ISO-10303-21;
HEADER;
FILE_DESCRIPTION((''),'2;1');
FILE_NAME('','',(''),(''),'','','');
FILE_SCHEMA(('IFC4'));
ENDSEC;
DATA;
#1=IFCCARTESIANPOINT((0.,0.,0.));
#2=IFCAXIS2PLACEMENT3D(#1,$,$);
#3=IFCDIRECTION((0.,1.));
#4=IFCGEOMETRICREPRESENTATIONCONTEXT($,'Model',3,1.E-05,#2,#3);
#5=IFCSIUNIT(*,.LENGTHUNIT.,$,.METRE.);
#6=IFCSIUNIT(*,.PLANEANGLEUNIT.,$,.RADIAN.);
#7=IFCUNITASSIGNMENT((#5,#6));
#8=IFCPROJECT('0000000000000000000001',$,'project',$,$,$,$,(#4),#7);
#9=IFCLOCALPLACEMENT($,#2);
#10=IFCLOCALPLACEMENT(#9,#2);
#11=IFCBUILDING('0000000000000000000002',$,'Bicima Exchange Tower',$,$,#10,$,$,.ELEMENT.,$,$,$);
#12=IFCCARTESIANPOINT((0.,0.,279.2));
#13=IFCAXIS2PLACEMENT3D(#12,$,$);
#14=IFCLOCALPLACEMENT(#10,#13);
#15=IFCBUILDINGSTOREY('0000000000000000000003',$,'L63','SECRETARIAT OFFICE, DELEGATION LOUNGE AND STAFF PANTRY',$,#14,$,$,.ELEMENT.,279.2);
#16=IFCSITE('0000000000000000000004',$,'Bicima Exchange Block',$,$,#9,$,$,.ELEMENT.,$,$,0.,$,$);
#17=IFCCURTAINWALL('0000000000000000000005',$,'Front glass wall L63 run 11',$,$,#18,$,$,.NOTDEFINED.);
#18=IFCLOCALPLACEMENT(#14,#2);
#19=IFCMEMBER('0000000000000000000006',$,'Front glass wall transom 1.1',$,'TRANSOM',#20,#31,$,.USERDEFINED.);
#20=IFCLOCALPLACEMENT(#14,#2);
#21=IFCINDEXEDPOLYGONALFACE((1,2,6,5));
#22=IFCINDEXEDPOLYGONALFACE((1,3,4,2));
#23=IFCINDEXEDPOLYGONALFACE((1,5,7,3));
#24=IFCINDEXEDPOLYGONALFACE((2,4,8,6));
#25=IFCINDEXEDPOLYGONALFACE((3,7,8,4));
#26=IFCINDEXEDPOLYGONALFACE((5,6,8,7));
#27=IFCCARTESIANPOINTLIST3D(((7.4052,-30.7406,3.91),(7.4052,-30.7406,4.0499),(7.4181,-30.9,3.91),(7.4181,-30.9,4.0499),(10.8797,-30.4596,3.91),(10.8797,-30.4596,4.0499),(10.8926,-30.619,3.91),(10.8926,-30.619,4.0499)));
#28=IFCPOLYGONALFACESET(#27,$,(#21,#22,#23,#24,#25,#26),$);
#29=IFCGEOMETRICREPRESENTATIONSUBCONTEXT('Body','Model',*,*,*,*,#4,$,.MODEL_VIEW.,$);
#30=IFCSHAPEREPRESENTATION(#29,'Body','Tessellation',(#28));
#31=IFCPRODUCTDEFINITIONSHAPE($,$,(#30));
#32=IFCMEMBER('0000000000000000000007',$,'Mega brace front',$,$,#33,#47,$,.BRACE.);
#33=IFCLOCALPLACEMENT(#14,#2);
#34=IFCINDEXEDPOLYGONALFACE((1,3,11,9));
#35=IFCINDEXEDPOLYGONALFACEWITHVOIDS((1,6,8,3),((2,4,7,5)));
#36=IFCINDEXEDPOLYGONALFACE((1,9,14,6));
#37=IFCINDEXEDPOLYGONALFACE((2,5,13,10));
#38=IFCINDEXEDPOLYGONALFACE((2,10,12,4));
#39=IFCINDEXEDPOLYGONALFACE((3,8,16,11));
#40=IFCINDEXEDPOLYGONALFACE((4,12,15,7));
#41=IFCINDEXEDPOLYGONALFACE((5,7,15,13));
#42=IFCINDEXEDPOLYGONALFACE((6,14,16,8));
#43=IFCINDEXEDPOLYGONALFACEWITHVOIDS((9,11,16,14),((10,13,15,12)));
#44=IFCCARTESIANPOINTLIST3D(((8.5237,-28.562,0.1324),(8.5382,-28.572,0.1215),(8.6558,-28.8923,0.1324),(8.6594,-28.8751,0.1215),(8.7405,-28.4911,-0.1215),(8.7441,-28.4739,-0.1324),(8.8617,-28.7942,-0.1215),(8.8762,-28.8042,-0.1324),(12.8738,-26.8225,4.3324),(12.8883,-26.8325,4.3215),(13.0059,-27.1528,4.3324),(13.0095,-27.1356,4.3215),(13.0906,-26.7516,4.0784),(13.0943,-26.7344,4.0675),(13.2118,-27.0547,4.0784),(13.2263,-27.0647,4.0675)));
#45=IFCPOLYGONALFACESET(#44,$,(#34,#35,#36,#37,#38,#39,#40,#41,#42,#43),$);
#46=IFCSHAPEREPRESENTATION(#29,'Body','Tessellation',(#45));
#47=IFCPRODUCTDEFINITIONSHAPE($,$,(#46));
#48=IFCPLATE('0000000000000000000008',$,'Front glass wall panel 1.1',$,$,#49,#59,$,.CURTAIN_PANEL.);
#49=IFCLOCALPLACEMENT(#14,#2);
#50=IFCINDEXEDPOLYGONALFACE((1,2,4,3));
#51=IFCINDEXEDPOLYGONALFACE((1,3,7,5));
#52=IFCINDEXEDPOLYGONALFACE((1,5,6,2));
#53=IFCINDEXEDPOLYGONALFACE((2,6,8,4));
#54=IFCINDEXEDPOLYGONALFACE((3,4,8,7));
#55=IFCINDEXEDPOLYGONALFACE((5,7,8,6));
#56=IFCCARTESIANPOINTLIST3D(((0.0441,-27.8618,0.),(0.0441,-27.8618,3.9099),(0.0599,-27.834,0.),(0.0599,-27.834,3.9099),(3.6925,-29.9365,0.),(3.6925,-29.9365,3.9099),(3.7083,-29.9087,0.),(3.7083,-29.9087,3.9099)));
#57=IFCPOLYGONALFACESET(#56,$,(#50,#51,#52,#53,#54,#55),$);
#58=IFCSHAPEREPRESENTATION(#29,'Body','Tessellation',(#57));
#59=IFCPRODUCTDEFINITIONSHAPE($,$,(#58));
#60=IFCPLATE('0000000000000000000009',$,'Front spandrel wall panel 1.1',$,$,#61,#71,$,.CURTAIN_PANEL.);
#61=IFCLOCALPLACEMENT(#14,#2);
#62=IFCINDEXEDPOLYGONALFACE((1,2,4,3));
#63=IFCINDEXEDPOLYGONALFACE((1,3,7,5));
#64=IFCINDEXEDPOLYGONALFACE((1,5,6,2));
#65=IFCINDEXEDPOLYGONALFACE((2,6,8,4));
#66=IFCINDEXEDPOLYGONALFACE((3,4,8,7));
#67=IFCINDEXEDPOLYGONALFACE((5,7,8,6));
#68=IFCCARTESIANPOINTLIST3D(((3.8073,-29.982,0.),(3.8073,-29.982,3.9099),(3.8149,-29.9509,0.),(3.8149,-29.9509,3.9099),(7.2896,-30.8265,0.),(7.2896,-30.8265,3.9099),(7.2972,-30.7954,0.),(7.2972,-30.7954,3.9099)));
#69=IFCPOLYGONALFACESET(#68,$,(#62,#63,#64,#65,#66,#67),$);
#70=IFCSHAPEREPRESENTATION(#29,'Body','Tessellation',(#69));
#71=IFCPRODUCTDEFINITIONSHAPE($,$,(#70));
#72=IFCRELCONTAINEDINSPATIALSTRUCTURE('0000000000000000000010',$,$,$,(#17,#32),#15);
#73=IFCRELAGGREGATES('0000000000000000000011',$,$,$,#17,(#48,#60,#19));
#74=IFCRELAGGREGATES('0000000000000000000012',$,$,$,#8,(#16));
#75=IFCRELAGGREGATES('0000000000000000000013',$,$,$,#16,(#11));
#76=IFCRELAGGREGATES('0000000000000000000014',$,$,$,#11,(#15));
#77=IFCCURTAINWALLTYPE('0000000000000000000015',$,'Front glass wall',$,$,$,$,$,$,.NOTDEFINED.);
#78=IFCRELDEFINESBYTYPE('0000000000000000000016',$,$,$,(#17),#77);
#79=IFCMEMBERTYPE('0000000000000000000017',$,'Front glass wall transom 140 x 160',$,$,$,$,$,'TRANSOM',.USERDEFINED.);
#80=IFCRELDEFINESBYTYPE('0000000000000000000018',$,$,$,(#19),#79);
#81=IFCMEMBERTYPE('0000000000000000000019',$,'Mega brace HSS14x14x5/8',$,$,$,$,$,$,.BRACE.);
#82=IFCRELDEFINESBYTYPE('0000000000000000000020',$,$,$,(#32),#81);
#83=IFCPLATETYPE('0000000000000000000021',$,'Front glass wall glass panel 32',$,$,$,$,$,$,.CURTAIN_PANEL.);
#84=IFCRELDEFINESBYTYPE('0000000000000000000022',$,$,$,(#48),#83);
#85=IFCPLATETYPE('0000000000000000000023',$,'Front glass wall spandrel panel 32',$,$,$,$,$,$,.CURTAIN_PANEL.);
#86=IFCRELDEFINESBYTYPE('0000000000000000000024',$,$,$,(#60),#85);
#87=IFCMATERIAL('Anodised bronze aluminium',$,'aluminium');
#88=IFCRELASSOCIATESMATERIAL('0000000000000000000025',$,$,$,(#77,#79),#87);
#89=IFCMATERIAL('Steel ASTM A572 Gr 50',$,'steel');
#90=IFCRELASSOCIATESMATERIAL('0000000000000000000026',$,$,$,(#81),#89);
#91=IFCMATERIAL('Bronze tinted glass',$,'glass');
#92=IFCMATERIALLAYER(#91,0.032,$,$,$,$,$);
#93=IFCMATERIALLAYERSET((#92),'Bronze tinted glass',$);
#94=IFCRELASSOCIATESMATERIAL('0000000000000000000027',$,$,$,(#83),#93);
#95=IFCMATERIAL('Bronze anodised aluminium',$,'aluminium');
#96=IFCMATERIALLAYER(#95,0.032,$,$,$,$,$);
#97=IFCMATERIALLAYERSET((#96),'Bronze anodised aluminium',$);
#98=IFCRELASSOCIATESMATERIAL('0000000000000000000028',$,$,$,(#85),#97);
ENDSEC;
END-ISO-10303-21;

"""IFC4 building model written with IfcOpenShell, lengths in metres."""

from ifc_helpers import new_model, si_unit, direction, frame, origin, origin_2d, place, context, subcontext, project, spatial, rectangle, hollow_rectangle, extrude, material, layer, layer_set, material_profile, profile_set, type_object, element, aggregate, save


model = new_model("IFC4")

# Units and contexts
model_context = context("Model", 3, precision=1e-05, world=origin(), true_north=direction((0.0, 1.0)))
body_context = subcontext(model_context, "Body", "Model", "MODEL_VIEW")
ifc_project = project(units=[si_unit("LENGTHUNIT", "METRE"), si_unit("PLANEANGLEUNIT", "RADIAN")], contexts=[model_context])

# Site, building, storey
site_placement = place(None, origin())
site = spatial("IfcSite", under=ifc_project, at=site_placement, Name="Bicima Exchange Block", CompositionType="ELEMENT", RefElevation=0.0)
building_placement = place(site_placement, origin())
building = spatial("IfcBuilding", under=site, at=building_placement, Name="Bicima Exchange Tower", CompositionType="ELEMENT")
storey_placement = place(building_placement, frame((0.0, 0.0, 279.2)))
storey = spatial("IfcBuildingStorey", under=building, at=storey_placement, Name="L63", Description="SECRETARIAT OFFICE, DELEGATION LOUNGE AND STAFF PANTRY", CompositionType="ELEMENT", Elevation=279.2)

# Curtain wall, member
ifc_material_1 = material(Name="Anodised bronze aluminium", Category="aluminium")
curtain_wall_type = type_object("IfcCurtainWallType", Name="Front glass wall", PredefinedType="NOTDEFINED", material=ifc_material_1)
curtain_wall_placement = place(storey_placement, origin())
curtain_wall = element("IfcCurtainWall", 1, at=curtain_wall_placement, inside=storey, type_object=curtain_wall_type, Name="Front glass wall L63 run 11", PredefinedType="NOTDEFINED")
ifc_material_profile_1 = material_profile(ifc_material_1, rectangle(XDim=0.1599, YDim=0.1399, at=origin_2d()))
ifc_profile_set_1 = profile_set([ifc_material_profile_1], Name="Anodised bronze aluminium")
member_type_1 = type_object("IfcMemberType", Name="Front glass wall transom 140 x 160", ElementType="TRANSOM", PredefinedType="USERDEFINED", material=ifc_profile_set_1)
member_1_placement = place(storey_placement, frame((7.4116, -30.8203, 3.98), z_axis=(0.996746, 0.080611, 0.0), x_axis=(-0.080611, 0.996746, 0.0)))
member_1 = element("IfcMember", 2, at=member_1_placement, type_object=member_type_1, Name="Front glass wall transom 1.1", ObjectType="TRANSOM", PredefinedType="USERDEFINED", context=body_context, shape_type="SweptSolid", body=[
    extrude(rectangle(XDim=0.1599, YDim=0.1399, at=origin_2d()), origin(), (0.0, 0.0, 1.0), 3.4858),
])

# Member
ifc_material_2 = material(Name="Steel ASTM A572 Gr 50", Category="steel")
ifc_material_profile_2 = material_profile(ifc_material_2, hollow_rectangle(XDim=0.3557, YDim=0.3557, WallThickness=0.0146, at=origin_2d()))
ifc_profile_set_2 = profile_set([ifc_material_profile_2], Name="Steel ASTM A572 Gr 50")
member_type_2 = type_object("IfcMemberType", Name="Mega brace HSS14x14x5/8", PredefinedType="BRACE", material=ifc_profile_set_2)
member_2_placement = place(storey_placement, frame((8.7, -28.6831, 0.0), z_axis=(0.691374, 0.276464, 0.66751), x_axis=(-0.371292, 0.928516, 0.0)))
element("IfcMember", 3, at=member_2_placement, inside=storey, type_object=member_type_2, Name="Mega brace front", PredefinedType="BRACE", context=body_context, shape_type="SweptSolid", body=[
    extrude(hollow_rectangle(XDim=0.3557, YDim=0.3557, WallThickness=0.0146, at=origin_2d()), origin(), (0.0, 0.0, 1.0), 6.292),
])

# Plates
ifc_material_3 = material(Name="Bronze tinted glass", Category="glass")
ifc_layer_1 = layer(ifc_material_3, 0.032)
ifc_layer_set_1 = layer_set([ifc_layer_1], Name="Bronze tinted glass")
plate_type_1 = type_object("IfcPlateType", Name="Front glass wall glass panel 32", PredefinedType="CURTAIN_PANEL", material=ifc_layer_set_1)
plate_1_placement = place(storey_placement, frame((1.8762, -28.8853, 0.0), z_axis=(0.0, 0.0, 1.0), x_axis=(0.869274, -0.49433, 0.0)))
plate_1 = element("IfcPlate", 4, at=plate_1_placement, type_object=plate_type_1, Name="Front glass wall panel 1.1", PredefinedType="CURTAIN_PANEL", context=body_context, shape_type="SweptSolid", body=[
    extrude(rectangle(XDim=4.197, YDim=0.032, at=origin_2d()), origin(), (0.0, 0.0, 1.0), 3.9099),
])
ifc_material_4 = material(Name="Bronze anodised aluminium", Category="aluminium")
ifc_layer_2 = layer(ifc_material_4, 0.032)
ifc_layer_set_2 = layer_set([ifc_layer_2], Name="Bronze anodised aluminium")
plate_type_2 = type_object("IfcPlateType", Name="Front glass wall spandrel panel 32", PredefinedType="CURTAIN_PANEL", material=ifc_layer_set_2)
plate_2_placement = place(storey_placement, frame((5.5522, -30.3887, 0.0), z_axis=(0.0, 0.0, 1.0), x_axis=(0.97183, -0.235682, 0.0)))
plate_2 = element("IfcPlate", 5, at=plate_2_placement, type_object=plate_type_2, Name="Front spandrel wall panel 1.1", PredefinedType="CURTAIN_PANEL", context=body_context, shape_type="SweptSolid", body=[
    extrude(rectangle(XDim=3.5833, YDim=0.032, at=origin_2d()), origin(), (0.0, 0.0, 1.0), 3.9099),
])
aggregate(curtain_wall, [plate_1, plate_2, member_1])

save(model, "model.ifc")
